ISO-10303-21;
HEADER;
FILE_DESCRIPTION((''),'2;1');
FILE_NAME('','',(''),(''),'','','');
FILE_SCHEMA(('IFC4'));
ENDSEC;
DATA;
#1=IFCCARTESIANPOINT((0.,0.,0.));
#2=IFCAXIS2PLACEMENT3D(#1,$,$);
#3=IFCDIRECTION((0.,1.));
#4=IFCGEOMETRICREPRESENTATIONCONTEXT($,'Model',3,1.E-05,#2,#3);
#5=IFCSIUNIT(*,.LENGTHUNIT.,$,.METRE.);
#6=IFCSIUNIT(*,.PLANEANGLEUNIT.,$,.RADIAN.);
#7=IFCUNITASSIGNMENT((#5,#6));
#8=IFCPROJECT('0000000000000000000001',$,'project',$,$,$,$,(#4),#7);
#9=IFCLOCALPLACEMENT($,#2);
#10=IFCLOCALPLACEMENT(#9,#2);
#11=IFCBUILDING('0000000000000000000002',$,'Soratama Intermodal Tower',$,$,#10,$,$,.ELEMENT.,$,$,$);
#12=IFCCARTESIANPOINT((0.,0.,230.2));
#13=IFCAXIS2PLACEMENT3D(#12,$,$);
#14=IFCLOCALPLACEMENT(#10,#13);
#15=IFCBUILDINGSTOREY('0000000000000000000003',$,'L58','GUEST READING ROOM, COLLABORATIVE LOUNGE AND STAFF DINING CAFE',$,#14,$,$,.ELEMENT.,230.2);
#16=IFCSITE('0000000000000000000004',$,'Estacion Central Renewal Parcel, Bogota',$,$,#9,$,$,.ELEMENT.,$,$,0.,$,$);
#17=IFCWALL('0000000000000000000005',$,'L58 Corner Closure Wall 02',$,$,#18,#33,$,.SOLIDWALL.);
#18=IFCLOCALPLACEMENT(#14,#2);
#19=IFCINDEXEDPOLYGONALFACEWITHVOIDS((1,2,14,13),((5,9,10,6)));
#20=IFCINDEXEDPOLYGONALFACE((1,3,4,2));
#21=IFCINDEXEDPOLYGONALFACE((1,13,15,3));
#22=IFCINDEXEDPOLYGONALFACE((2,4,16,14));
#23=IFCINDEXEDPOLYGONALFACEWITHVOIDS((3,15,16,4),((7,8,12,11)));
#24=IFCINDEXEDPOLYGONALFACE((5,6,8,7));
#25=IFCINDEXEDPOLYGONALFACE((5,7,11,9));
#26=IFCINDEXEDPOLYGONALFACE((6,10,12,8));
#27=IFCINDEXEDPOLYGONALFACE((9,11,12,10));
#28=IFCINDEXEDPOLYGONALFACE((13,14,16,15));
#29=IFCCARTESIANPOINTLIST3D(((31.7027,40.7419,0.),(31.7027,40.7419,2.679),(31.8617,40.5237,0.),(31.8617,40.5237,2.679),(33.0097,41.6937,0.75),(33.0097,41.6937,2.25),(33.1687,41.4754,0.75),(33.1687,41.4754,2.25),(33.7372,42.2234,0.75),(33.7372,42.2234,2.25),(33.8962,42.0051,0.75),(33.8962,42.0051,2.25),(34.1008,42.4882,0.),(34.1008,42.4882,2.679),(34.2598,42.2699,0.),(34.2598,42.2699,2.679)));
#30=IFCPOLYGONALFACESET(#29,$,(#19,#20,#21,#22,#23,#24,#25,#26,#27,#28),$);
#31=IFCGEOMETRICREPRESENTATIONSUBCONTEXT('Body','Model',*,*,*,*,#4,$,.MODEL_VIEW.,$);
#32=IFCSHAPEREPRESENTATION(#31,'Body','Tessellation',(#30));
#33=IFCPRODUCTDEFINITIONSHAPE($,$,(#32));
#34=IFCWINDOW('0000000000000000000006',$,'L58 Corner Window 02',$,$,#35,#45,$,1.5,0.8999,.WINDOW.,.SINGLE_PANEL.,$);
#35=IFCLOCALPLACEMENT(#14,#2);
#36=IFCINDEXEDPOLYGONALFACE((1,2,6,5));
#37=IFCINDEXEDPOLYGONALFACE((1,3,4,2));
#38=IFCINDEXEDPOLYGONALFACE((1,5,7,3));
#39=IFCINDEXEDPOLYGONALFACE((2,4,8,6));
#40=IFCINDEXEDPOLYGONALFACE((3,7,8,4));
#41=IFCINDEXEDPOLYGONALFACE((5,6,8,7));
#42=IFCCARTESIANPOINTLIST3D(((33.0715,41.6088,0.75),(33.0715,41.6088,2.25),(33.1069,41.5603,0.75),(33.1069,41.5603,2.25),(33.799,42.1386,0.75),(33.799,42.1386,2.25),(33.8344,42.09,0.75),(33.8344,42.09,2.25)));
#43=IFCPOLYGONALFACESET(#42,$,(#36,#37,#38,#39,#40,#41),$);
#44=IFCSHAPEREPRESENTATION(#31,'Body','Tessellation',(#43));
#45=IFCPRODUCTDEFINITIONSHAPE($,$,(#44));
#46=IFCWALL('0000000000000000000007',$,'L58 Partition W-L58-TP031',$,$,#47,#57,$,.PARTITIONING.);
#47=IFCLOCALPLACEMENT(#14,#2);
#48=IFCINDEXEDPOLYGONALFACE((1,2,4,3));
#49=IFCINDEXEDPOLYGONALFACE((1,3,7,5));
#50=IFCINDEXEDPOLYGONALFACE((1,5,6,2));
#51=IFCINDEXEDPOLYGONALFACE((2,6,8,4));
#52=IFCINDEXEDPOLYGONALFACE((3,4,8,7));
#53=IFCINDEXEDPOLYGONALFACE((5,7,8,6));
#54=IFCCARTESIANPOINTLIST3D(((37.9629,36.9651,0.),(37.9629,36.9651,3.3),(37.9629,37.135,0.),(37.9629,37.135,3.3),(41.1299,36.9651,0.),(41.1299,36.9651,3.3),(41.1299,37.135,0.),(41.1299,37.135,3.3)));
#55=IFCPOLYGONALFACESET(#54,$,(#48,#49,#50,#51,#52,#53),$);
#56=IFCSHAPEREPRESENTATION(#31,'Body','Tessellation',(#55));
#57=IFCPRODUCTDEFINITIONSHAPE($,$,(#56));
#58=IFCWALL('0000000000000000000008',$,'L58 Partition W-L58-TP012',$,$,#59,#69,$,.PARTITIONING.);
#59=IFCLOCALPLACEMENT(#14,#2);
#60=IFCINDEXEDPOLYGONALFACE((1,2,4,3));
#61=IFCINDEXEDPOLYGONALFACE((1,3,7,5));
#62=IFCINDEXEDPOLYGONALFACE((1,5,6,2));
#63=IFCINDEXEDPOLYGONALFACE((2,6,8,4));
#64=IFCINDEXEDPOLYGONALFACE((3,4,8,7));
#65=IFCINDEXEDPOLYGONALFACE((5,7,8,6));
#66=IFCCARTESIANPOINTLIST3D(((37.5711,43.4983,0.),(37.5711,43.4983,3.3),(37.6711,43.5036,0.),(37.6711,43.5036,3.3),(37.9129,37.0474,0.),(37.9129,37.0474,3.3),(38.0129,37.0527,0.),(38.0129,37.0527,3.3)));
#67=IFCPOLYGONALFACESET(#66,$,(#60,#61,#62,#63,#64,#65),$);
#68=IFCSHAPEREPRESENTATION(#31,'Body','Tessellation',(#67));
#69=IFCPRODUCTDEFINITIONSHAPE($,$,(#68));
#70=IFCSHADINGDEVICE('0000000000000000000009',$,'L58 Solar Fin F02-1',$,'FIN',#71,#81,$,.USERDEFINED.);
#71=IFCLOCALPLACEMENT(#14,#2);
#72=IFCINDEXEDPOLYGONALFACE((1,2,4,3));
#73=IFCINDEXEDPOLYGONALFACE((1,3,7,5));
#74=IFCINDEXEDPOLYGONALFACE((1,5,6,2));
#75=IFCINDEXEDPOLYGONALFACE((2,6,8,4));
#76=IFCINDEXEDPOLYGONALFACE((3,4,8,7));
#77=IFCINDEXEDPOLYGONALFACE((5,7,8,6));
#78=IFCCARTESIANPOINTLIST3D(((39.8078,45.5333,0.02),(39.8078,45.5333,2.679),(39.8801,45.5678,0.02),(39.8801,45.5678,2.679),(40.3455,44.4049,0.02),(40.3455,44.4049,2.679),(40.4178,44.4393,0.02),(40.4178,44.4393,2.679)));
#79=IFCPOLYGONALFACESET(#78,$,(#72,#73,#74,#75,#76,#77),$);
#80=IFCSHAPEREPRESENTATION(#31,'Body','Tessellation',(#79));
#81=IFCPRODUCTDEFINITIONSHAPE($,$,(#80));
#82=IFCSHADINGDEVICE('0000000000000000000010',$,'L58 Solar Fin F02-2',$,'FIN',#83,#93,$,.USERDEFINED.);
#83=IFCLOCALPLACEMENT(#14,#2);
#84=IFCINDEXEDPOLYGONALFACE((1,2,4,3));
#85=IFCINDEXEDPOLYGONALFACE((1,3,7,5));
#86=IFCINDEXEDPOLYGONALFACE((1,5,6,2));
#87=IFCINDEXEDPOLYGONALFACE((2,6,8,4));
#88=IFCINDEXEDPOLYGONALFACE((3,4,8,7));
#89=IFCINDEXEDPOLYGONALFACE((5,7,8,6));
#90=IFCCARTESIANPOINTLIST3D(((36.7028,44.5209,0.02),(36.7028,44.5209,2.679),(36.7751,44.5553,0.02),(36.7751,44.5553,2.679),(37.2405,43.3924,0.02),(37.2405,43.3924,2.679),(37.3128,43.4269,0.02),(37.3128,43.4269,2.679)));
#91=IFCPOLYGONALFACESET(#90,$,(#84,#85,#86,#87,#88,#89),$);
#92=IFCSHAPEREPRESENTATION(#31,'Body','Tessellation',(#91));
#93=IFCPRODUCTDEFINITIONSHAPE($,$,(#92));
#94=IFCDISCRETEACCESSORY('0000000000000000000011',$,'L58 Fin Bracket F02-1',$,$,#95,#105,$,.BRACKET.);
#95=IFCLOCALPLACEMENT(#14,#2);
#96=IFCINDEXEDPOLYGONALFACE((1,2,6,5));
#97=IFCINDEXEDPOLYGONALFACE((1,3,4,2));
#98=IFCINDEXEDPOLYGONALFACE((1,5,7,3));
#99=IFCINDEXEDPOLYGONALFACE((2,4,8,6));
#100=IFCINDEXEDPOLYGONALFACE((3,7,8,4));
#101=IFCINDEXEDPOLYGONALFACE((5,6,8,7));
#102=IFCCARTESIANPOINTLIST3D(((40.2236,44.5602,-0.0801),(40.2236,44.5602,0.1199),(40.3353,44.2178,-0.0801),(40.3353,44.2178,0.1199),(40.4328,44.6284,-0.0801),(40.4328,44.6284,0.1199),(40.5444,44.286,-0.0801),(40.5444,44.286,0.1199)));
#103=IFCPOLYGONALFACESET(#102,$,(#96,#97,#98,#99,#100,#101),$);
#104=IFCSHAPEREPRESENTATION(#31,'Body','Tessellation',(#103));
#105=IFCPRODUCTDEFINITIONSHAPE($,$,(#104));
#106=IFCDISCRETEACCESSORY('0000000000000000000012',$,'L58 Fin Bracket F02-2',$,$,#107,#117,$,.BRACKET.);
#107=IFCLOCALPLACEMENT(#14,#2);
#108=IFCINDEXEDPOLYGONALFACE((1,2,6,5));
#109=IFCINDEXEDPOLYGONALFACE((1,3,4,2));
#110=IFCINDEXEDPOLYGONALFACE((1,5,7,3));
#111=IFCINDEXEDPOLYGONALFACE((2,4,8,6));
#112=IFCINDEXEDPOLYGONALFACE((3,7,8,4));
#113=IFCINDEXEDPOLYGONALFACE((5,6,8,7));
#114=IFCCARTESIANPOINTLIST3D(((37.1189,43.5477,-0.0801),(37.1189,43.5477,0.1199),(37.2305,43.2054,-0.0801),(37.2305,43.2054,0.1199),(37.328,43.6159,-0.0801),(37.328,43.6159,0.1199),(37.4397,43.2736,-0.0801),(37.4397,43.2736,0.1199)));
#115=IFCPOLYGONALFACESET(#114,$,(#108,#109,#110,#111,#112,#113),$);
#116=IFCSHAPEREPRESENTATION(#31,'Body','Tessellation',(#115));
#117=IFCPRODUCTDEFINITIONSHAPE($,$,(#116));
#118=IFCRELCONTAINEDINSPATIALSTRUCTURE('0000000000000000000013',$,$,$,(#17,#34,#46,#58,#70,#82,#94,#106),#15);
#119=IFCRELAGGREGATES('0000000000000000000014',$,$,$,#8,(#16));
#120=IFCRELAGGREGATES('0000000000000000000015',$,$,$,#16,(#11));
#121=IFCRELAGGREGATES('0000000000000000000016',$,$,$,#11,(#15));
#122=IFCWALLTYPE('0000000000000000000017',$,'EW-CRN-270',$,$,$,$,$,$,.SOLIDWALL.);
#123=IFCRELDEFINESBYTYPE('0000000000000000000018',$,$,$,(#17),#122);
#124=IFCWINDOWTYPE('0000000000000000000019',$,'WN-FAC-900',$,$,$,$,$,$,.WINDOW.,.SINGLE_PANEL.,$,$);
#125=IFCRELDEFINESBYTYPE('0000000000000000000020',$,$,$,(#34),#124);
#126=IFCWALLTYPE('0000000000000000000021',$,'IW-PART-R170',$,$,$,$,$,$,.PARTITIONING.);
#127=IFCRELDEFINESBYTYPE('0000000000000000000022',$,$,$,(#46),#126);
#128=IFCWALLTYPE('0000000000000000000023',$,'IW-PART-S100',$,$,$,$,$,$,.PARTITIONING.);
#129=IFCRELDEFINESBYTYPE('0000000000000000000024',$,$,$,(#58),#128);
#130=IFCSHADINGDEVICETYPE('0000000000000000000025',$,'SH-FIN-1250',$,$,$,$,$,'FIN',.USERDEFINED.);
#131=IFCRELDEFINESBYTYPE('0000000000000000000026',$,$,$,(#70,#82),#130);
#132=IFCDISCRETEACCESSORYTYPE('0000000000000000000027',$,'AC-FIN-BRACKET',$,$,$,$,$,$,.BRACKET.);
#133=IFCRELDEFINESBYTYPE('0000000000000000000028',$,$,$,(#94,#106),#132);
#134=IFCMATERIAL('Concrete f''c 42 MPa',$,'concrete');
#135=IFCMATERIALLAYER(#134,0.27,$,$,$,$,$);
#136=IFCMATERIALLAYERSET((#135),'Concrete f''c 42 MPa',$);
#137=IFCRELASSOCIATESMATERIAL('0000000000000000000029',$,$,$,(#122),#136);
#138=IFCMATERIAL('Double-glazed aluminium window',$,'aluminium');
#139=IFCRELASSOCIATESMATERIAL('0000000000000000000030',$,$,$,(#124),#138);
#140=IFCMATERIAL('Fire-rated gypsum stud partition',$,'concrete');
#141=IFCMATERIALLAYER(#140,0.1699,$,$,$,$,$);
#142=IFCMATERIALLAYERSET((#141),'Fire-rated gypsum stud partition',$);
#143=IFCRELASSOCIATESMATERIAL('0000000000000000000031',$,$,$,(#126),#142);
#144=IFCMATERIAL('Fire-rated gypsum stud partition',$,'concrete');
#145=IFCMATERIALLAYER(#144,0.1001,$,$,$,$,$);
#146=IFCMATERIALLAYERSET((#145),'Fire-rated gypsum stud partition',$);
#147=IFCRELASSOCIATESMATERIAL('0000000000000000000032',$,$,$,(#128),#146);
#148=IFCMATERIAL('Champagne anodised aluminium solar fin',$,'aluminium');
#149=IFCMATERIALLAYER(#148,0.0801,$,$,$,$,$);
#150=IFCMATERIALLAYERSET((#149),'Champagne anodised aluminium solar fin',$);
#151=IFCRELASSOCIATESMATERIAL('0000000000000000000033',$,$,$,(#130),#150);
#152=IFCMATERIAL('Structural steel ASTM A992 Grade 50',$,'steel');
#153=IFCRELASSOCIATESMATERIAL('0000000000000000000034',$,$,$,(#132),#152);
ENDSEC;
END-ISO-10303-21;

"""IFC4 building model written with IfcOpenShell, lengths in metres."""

from ifc_helpers import new_model, si_unit, direction, frame, frame_2d, origin, origin_2d, place, context, subcontext, project, spatial, rectangle, extrude, material, layer, layer_set, type_object, element, fill, save


model = new_model("IFC4")

# Units and contexts
model_context = context("Model", 3, precision=1e-05, world=origin(), true_north=direction((0.0, 1.0)))
body_context = subcontext(model_context, "Body", "Model", "MODEL_VIEW")
ifc_project = project(units=[si_unit("LENGTHUNIT", "METRE"), si_unit("PLANEANGLEUNIT", "RADIAN")], contexts=[model_context])

# Site, building, storey
site_placement = place(None, origin())
site = spatial("IfcSite", under=ifc_project, at=site_placement, Name="Estacion Central Renewal Parcel, Bogota", CompositionType="ELEMENT", RefElevation=0.0)
building_placement = place(site_placement, origin())
building = spatial("IfcBuilding", under=site, at=building_placement, Name="Soratama Intermodal Tower", CompositionType="ELEMENT")
storey_placement = place(building_placement, frame((0.0, 0.0, 230.2)))
storey = spatial("IfcBuildingStorey", under=building, at=storey_placement, Name="L58", Description="GUEST READING ROOM, COLLABORATIVE LOUNGE AND STAFF DINING CAFE", CompositionType="ELEMENT", Elevation=230.2)

# Wall, opening, window
ifc_material_1 = material(Name="Concrete f'c 42 MPa", Category="concrete")
ifc_layer_1 = layer(ifc_material_1, 0.27)
ifc_layer_set_1 = layer_set([ifc_layer_1], Name="Concrete f'c 42 MPa")
wall_type_1 = type_object("IfcWallType", Name="EW-CRN-270", PredefinedType="SOLIDWALL", material=ifc_layer_set_1)
wall_1_placement = place(storey_placement, frame((34.1804, 42.3792, 0.0), z_axis=(0.0, 0.0, 1.0), x_axis=(-0.808384, -0.588656, 0.0)))
wall_1 = element("IfcWall", 1, at=wall_1_placement, inside=storey, type_object=wall_type_1, Name="L58 Corner Closure Wall 02", PredefinedType="SOLIDWALL", context=body_context, shape_type="SweptSolid", body=[
    extrude(rectangle(XDim=2.9666, YDim=0.27, at=frame_2d((1.4834, 0.0))), origin(), (0.0, 0.0, 1.0), 2.679),
])
opening_placement = place(wall_1_placement, frame((0.45, 0.0, 0.75)))
opening = element("IfcOpeningElement", 2, at=opening_placement, cuts=wall_1, PredefinedType="OPENING", context=body_context, shape_type="SweptSolid", body=[
    extrude(rectangle(XDim=0.8999, YDim=1.5, at=frame_2d((0.45, 0.75))), frame((0.0, 0.145, 0.0), z_axis=(0.0, -1.0, 0.0), x_axis=(1.0, 0.0, 0.0)), (0.0, 0.0, 1.0), 0.29),
])
ifc_material_2 = material(Name="Double-glazed aluminium window", Category="aluminium")
window_type = type_object("IfcWindowType", Name="WN-FAC-900", PartitioningType="SINGLE_PANEL", PredefinedType="WINDOW", material=ifc_material_2)
window_placement = place(opening_placement, origin())
window = element("IfcWindow", 3, at=window_placement, inside=storey, type_object=window_type, Name="L58 Corner Window 02", OverallHeight=1.5, OverallWidth=0.8999, PartitioningType="SINGLE_PANEL", PredefinedType="WINDOW", context=body_context, shape_type="SweptSolid", body=[
    extrude(rectangle(XDim=0.8999, YDim=1.5, at=frame_2d((0.45, 0.75))), frame((0.0, 0.03, 0.0), z_axis=(0.0, -1.0, 0.0), x_axis=(1.0, 0.0, 0.0)), (0.0, 0.0, 1.0), 0.0601),
])
fill(opening, window)

# Walls
ifc_material_3 = material(Name="Fire-rated gypsum stud partition", Category="concrete")
ifc_layer_2 = layer(ifc_material_3, 0.1699)
ifc_layer_set_2 = layer_set([ifc_layer_2], Name="Fire-rated gypsum stud partition")
wall_type_2 = type_object("IfcWallType", Name="IW-PART-R170", PredefinedType="PARTITIONING", material=ifc_layer_set_2)
wall_2_placement = place(storey_placement, frame((37.9629, 37.05, 0.0), z_axis=(0.0, 0.0, 1.0), x_axis=(1.0, 0.0, 0.0)))
element("IfcWall", 4, at=wall_2_placement, inside=storey, type_object=wall_type_2, Name="L58 Partition W-L58-TP031", PredefinedType="PARTITIONING", context=body_context, shape_type="SweptSolid", body=[
    extrude(rectangle(XDim=3.167, YDim=0.1699, at=frame_2d((1.5835, 0.0))), origin(), (0.0, 0.0, 1.0), 3.3),
])
ifc_material_4 = material(Name="Fire-rated gypsum stud partition", Category="concrete")
ifc_layer_3 = layer(ifc_material_4, 0.1001)
ifc_layer_set_3 = layer_set([ifc_layer_3], Name="Fire-rated gypsum stud partition")
wall_type_3 = type_object("IfcWallType", Name="IW-PART-S100", PredefinedType="PARTITIONING", material=ifc_layer_set_3)
wall_3_placement = place(storey_placement, frame((37.9629, 37.05, 0.0), z_axis=(0.0, 0.0, 1.0), x_axis=(-0.05291, 0.998599, 0.0)))
element("IfcWall", 5, at=wall_3_placement, inside=storey, type_object=wall_type_3, Name="L58 Partition W-L58-TP012", PredefinedType="PARTITIONING", context=body_context, shape_type="SweptSolid", body=[
    extrude(rectangle(XDim=6.46, YDim=0.1001, at=frame_2d((3.23, 0.0))), origin(), (0.0, 0.0, 1.0), 3.3),
])

# Shading devices
ifc_material_5 = material(Name="Champagne anodised aluminium solar fin", Category="aluminium")
ifc_layer_4 = layer(ifc_material_5, 0.0801)
ifc_layer_set_4 = layer_set([ifc_layer_4], Name="Champagne anodised aluminium solar fin")
shading_device_type = type_object("IfcShadingDeviceType", Name="SH-FIN-1250", ElementType="FIN", PredefinedType="USERDEFINED", material=ifc_layer_set_4)
for number, where, z_axis, x_axis, name in (
    (6, (40.1128, 44.9863, 0.02), (0.0, 0.0, 1.0), (-0.430196, 0.902736, 0.0), "L58 Solar Fin F02-1"),
    (7, (37.0078, 43.9739, 0.02), (0.0, 0.0, 1.0), (-0.430196, 0.902736, 0.0), "L58 Solar Fin F02-2"),
):
    element("IfcShadingDevice", number, at=place(storey_placement, frame(where, z_axis=z_axis, x_axis=x_axis)), inside=storey, type_object=shading_device_type, Name=name, ObjectType="FIN", PredefinedType="USERDEFINED", context=body_context, shape_type="SweptSolid", body=[
        extrude(rectangle(XDim=1.25, YDim=0.0801, at=origin_2d()), origin(), (0.0, 0.0, 1.0), 2.6589),
    ])

# Discrete accessories
ifc_material_6 = material(Name="Structural steel ASTM A992 Grade 50", Category="steel")
discrete_accessory_type = type_object("IfcDiscreteAccessoryType", Name="AC-FIN-BRACKET", PredefinedType="BRACKET", material=ifc_material_6)
for number, where, z_axis, x_axis, name in (
    (8, (40.384, 44.4231, -0.0801), (0.0, 0.0, 1.0), (-0.310013, 0.950732, 0.0), "L58 Fin Bracket F02-1"),
    (9, (37.2793, 43.4106, -0.0801), (0.0, 0.0, 1.0), (-0.310013, 0.950732, 0.0), "L58 Fin Bracket F02-2"),
):
    element("IfcDiscreteAccessory", number, at=place(storey_placement, frame(where, z_axis=z_axis, x_axis=x_axis)), inside=storey, type_object=discrete_accessory_type, Name=name, PredefinedType="BRACKET", context=body_context, shape_type="SweptSolid", body=[
        extrude(rectangle(XDim=0.3601, YDim=0.22, at=origin_2d()), origin(), (0.0, 0.0, 1.0), 0.2),
    ])

save(model, "model.ifc")
